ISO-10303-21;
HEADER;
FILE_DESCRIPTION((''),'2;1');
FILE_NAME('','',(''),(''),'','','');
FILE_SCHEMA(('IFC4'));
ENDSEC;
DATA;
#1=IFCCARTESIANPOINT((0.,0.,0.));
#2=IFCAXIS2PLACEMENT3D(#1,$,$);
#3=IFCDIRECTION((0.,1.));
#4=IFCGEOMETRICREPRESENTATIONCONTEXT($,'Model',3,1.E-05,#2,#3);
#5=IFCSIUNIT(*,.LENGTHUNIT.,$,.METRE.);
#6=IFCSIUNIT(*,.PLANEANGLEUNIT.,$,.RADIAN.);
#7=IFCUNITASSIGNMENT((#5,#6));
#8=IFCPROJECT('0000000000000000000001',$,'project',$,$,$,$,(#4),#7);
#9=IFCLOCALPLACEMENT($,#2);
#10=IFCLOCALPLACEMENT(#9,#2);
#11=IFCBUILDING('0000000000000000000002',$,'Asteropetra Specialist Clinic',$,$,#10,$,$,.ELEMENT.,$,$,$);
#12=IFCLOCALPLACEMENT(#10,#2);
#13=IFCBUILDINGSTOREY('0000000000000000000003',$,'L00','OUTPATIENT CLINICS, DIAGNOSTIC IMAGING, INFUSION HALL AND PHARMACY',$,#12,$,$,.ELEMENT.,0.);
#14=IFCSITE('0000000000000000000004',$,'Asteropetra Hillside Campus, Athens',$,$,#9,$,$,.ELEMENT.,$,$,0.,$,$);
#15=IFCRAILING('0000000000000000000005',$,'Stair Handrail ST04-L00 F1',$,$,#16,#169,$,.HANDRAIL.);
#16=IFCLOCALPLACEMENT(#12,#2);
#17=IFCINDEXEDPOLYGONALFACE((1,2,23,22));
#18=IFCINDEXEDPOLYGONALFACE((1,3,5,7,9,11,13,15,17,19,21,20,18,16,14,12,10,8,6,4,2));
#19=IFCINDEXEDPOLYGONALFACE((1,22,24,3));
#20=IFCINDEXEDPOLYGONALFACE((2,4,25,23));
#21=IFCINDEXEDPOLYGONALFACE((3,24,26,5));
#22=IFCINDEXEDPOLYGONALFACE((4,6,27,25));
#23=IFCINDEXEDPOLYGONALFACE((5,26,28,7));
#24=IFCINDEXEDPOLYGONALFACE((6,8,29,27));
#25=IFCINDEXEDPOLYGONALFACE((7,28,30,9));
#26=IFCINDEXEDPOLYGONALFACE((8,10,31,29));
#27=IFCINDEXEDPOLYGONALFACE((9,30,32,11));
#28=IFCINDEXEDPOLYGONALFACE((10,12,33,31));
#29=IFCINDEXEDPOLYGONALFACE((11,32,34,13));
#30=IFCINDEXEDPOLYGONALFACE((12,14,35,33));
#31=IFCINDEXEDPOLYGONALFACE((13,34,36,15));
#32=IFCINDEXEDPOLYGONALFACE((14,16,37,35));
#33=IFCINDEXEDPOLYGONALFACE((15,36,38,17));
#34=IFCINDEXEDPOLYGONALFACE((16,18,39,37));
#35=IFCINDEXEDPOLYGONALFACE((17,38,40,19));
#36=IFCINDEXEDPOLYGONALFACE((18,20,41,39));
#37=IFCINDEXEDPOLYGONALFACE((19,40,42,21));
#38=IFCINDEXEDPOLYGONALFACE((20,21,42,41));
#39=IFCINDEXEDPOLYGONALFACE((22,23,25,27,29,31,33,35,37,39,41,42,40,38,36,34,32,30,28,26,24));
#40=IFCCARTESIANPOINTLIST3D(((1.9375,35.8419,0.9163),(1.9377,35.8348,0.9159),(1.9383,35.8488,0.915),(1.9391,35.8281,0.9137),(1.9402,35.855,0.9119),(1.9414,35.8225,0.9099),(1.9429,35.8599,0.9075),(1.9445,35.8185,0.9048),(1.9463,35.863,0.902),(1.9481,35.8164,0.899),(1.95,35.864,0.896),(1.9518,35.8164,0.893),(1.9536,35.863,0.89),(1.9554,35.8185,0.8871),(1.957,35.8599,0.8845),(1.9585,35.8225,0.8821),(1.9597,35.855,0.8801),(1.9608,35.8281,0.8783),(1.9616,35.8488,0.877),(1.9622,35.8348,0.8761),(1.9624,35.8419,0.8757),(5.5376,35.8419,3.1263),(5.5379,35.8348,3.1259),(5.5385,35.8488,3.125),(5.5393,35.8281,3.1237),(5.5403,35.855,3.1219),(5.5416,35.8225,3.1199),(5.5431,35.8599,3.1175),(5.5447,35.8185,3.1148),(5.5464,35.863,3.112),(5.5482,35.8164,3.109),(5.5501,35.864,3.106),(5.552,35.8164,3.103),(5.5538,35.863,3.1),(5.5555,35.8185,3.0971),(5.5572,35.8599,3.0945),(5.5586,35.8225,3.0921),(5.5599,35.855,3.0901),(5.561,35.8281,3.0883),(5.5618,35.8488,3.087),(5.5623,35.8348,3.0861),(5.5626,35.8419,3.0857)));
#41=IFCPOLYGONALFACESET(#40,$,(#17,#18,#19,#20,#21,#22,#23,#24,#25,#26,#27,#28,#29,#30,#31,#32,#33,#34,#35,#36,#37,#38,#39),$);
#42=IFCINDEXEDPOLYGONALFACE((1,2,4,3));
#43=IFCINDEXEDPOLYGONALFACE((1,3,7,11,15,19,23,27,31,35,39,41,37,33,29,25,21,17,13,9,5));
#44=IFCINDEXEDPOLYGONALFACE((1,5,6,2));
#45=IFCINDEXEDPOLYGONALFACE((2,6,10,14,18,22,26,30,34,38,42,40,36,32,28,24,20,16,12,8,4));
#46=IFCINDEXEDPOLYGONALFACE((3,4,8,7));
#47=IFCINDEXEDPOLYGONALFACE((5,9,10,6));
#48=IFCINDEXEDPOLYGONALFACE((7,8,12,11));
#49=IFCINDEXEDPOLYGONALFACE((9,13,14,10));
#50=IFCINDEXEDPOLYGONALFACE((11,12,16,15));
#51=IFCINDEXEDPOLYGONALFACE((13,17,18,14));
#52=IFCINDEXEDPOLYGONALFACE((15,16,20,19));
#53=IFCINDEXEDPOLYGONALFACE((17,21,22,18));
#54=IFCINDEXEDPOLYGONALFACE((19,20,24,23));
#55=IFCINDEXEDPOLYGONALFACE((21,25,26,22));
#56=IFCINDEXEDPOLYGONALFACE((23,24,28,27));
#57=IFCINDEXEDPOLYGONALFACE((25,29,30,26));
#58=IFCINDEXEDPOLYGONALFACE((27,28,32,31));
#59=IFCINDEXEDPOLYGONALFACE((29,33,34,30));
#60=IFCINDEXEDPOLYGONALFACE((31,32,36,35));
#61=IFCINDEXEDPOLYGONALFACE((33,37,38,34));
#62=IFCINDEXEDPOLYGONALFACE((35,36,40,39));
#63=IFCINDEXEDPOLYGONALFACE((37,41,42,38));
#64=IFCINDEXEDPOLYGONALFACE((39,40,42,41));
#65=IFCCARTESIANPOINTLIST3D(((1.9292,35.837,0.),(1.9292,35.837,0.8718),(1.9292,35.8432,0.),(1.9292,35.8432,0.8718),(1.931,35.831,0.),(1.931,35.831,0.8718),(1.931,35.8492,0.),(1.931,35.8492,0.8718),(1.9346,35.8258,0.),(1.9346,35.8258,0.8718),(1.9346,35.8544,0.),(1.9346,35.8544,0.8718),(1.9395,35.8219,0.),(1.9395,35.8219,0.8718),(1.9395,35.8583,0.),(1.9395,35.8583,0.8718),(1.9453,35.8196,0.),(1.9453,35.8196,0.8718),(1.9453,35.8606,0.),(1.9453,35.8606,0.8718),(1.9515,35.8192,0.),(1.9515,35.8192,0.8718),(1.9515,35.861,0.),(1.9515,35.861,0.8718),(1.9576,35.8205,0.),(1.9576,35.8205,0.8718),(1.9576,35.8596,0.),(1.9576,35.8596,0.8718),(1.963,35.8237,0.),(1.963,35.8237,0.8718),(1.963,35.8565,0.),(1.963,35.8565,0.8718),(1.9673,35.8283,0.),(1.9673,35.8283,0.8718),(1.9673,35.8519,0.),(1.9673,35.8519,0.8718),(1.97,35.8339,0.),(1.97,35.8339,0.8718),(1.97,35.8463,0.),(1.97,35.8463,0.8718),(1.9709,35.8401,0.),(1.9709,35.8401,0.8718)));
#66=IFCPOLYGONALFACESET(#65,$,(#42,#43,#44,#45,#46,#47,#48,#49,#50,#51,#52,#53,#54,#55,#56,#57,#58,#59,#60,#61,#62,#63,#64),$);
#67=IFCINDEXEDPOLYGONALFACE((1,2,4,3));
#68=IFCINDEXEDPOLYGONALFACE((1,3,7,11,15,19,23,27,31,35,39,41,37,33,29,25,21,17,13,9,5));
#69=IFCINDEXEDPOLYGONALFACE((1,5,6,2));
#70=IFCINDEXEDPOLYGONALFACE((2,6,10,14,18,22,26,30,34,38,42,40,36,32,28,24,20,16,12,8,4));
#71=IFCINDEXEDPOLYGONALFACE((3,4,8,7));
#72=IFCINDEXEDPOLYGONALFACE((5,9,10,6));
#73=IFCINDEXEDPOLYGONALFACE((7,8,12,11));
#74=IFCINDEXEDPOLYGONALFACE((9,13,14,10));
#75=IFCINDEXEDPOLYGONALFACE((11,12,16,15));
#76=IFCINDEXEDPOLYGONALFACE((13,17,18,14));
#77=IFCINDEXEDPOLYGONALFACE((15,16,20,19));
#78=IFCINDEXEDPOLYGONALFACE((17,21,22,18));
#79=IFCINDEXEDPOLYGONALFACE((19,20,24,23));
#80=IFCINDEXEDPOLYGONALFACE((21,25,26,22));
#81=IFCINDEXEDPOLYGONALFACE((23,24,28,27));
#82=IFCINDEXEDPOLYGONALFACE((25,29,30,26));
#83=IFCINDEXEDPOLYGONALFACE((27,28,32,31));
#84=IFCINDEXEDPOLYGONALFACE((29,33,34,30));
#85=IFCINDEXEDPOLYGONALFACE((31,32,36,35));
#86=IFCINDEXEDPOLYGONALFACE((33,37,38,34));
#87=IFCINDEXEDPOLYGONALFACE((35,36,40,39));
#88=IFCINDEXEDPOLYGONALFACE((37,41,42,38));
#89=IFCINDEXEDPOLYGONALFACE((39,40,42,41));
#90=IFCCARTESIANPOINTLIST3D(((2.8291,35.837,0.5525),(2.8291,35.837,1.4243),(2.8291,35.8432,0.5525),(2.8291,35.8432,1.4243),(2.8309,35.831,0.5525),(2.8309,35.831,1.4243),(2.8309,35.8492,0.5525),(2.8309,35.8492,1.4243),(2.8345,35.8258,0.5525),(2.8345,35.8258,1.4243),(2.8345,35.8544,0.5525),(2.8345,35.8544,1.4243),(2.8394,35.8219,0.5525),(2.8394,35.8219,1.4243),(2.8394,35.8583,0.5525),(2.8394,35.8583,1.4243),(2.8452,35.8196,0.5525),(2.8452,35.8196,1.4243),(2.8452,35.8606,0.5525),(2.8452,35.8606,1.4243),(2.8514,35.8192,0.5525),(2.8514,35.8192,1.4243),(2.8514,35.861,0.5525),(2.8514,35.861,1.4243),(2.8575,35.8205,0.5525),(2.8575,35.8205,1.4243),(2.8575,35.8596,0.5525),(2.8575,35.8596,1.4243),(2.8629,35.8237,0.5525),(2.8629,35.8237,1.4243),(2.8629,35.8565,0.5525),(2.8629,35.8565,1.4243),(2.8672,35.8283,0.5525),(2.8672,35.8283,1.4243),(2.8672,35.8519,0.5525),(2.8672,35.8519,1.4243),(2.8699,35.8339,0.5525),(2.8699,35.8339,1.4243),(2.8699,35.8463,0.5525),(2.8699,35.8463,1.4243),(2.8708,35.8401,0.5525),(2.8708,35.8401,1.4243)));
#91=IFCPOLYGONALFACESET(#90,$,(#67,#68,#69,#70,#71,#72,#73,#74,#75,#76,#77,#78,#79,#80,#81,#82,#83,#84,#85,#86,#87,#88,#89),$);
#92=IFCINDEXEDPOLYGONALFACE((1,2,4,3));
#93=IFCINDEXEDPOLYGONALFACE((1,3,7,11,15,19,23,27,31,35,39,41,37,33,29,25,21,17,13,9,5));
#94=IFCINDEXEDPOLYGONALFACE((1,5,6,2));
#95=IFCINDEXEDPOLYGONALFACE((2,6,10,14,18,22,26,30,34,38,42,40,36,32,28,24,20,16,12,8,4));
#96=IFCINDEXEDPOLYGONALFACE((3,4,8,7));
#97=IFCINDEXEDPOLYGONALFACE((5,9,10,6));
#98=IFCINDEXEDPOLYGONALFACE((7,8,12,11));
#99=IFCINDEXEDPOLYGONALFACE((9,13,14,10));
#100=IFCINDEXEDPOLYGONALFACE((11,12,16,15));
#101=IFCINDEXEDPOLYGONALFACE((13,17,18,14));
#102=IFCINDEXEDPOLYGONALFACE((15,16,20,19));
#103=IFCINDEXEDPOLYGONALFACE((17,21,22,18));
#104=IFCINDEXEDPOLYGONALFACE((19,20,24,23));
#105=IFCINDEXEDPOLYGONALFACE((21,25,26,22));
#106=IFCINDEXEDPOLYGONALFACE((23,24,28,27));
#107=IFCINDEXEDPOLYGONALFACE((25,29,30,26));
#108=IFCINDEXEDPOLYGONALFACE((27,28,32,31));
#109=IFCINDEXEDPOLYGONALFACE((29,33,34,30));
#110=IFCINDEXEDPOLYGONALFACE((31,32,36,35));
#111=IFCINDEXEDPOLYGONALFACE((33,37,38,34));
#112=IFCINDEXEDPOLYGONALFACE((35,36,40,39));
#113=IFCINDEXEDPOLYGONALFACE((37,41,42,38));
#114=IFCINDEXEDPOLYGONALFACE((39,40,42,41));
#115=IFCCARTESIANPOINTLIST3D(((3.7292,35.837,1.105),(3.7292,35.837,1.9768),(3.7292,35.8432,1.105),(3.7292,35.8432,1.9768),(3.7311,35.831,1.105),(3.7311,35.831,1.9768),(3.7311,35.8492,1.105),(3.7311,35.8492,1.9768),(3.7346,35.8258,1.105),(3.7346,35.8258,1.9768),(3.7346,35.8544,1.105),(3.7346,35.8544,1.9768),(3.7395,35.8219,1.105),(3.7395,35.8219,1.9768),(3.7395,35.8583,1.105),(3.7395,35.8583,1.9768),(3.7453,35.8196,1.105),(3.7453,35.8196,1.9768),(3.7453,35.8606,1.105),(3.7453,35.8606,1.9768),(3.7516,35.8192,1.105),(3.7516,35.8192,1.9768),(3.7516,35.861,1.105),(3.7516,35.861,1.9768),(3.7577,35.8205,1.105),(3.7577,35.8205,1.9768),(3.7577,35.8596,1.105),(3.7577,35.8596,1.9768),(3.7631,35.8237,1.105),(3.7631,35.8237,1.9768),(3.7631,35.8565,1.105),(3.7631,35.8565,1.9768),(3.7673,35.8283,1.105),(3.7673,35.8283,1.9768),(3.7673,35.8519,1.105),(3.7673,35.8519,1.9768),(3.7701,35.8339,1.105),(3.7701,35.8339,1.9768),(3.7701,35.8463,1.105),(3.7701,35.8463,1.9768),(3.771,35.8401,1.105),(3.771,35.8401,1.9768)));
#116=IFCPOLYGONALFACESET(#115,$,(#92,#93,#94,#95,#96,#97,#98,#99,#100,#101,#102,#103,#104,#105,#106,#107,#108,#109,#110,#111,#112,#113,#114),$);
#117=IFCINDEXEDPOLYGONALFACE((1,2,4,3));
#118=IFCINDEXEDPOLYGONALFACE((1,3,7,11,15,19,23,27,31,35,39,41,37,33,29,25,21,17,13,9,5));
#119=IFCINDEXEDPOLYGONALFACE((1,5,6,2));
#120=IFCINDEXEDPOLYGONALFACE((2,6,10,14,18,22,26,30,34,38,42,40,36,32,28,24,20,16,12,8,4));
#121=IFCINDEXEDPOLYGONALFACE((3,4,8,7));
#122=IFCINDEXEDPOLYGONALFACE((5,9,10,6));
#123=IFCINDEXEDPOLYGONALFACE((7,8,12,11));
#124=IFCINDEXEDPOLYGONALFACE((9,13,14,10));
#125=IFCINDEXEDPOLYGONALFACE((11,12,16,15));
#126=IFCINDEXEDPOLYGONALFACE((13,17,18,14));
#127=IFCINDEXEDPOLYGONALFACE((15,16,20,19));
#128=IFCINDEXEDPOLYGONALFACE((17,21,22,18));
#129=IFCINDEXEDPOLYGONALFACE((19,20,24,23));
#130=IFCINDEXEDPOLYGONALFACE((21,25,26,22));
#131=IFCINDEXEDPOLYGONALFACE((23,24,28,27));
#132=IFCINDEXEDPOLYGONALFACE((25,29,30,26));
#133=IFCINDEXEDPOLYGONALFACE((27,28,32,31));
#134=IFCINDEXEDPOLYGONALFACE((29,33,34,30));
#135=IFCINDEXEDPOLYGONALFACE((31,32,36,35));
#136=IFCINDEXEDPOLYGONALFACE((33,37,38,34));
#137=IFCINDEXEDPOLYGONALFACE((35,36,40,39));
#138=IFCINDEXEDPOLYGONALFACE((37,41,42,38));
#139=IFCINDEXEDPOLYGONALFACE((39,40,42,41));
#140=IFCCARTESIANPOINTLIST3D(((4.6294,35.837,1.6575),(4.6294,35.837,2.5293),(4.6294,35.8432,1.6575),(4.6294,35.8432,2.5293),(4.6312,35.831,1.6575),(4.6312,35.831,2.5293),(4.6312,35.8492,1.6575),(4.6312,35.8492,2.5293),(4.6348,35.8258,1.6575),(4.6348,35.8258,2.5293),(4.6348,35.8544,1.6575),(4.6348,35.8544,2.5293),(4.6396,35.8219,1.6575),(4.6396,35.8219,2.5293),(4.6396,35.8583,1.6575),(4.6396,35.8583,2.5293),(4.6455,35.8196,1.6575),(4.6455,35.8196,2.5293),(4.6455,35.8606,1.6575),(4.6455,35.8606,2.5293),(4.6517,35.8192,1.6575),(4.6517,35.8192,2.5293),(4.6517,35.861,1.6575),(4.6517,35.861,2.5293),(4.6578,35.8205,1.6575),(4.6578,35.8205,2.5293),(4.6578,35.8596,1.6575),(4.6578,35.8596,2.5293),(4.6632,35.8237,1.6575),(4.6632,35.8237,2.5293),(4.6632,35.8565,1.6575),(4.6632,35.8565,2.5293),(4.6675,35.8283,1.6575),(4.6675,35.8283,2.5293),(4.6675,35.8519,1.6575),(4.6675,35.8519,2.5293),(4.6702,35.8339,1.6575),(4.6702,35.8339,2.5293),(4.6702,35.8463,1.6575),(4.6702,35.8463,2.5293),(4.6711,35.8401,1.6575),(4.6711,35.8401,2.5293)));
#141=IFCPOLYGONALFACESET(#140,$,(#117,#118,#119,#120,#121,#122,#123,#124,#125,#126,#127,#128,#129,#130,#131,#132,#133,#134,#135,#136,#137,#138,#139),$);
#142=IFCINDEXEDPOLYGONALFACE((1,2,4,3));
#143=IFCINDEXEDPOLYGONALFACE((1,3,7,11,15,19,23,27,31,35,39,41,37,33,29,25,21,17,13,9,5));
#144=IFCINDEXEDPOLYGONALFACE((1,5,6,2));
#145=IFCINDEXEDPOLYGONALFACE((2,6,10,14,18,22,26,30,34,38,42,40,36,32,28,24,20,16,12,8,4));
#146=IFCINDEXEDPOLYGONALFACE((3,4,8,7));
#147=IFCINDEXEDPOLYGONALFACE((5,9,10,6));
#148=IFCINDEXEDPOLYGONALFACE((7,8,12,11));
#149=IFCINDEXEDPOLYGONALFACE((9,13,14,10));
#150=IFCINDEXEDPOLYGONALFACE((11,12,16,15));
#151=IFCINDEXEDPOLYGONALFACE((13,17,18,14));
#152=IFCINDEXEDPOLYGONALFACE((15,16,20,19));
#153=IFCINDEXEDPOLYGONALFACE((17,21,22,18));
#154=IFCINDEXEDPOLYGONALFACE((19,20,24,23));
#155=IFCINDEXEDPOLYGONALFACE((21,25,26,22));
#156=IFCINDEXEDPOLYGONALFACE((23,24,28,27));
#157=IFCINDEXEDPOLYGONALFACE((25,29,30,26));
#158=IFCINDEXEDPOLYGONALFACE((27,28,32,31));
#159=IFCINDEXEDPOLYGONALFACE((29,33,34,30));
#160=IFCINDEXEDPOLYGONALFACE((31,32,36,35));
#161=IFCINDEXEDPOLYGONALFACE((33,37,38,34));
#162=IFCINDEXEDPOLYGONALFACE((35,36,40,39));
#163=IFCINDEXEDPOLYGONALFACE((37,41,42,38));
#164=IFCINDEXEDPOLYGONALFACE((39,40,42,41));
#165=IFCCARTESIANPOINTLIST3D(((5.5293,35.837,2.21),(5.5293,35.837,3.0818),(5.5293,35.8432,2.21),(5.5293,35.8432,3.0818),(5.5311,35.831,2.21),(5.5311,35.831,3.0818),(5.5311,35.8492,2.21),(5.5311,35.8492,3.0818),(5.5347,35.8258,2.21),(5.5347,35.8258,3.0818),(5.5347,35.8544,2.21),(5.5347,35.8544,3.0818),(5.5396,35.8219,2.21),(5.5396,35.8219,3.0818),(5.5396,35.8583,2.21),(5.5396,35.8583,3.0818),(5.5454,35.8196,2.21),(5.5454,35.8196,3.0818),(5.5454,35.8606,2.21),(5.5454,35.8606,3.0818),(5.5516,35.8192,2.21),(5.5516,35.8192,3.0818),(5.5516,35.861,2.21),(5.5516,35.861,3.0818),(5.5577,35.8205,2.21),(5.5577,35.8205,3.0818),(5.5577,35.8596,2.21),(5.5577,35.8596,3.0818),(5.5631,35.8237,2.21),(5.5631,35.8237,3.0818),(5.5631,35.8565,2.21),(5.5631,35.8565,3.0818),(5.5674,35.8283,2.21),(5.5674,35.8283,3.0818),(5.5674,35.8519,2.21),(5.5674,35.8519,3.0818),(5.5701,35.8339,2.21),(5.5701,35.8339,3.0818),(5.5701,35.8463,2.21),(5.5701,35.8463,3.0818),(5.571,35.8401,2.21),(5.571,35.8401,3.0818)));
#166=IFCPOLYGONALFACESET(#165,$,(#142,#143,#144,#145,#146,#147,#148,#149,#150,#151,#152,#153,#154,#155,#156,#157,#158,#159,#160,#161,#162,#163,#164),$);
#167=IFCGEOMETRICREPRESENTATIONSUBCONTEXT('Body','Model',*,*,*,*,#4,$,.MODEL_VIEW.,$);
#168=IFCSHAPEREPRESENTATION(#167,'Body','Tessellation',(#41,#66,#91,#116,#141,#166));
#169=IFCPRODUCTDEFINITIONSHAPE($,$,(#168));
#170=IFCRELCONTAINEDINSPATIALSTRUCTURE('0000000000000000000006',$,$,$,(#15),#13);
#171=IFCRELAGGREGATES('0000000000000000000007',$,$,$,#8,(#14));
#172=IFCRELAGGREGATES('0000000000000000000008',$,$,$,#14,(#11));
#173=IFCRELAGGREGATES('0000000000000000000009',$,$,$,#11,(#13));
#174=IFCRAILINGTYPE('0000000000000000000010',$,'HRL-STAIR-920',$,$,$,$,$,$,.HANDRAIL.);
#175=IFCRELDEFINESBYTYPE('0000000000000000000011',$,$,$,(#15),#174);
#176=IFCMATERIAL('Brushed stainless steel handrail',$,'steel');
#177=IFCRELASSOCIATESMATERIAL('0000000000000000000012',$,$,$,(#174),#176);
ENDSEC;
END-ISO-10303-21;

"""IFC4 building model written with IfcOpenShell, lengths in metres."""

from ifc_helpers import new_model, si_unit, direction, frame, origin, origin_2d, place, context, subcontext, project, spatial, circle, extrude, material, type_object, element, save


model = new_model("IFC4")

# Units and contexts
model_context = context("Model", 3, precision=1e-05, world=origin(), true_north=direction((0.0, 1.0)))
body_context = subcontext(model_context, "Body", "Model", "MODEL_VIEW")
ifc_project = project(units=[si_unit("LENGTHUNIT", "METRE"), si_unit("PLANEANGLEUNIT", "RADIAN")], contexts=[model_context])

# Site, building, storey
site_placement = place(None, origin())
site = spatial("IfcSite", under=ifc_project, at=site_placement, Name="Asteropetra Hillside Campus, Athens", CompositionType="ELEMENT", RefElevation=0.0)
building_placement = place(site_placement, origin())
building = spatial("IfcBuilding", under=site, at=building_placement, Name="Asteropetra Specialist Clinic", CompositionType="ELEMENT")
storey_placement = place(building_placement, origin())
storey = spatial("IfcBuildingStorey", under=building, at=storey_placement, Name="L00", Description="OUTPATIENT CLINICS, DIAGNOSTIC IMAGING, INFUSION HALL AND PHARMACY", CompositionType="ELEMENT", Elevation=0.0)

# Railing
ifc_material_1 = material(Name="Brushed stainless steel handrail", Category="steel")
railing_type_1 = type_object("IfcRailingType", Name="HRL-STAIR-920", PredefinedType="HANDRAIL", material=ifc_material_1)
railing_1_placement = place(storey_placement, frame((1.95, 35.8401, 0.0)))
element("IfcRailing", 1, at=railing_1_placement, inside=storey, type_object=railing_type_1, Name="Stair Handrail ST04-L00 F1", PredefinedType="HANDRAIL", context=body_context, shape_type="SweptSolid", body=[
    extrude(circle(Radius=0.0239, at=origin_2d()), frame((0.0, 0.0, 0.896), z_axis=(0.852237, 0.0, 0.523156), x_axis=(0.0, 1.0, 0.0)), (0.0, 0.0, 1.0), 4.2244),
    extrude(circle(Radius=0.021, at=origin_2d()), origin(), (0.0, 0.0, 1.0), 0.8718),
    extrude(circle(Radius=0.021, at=origin_2d()), frame((0.8999, 0.0, 0.5525)), (0.0, 0.0, 1.0), 0.8718),
    extrude(circle(Radius=0.021, at=origin_2d()), frame((1.8, 0.0, 1.105)), (0.0, 0.0, 1.0), 0.8718),
    extrude(circle(Radius=0.021, at=origin_2d()), frame((2.7002, 0.0, 1.6575)), (0.0, 0.0, 1.0), 0.8718),
    extrude(circle(Radius=0.021, at=origin_2d()), frame((3.6001, 0.0, 2.21)), (0.0, 0.0, 1.0), 0.8718),
])

save(model, "model.ifc")
